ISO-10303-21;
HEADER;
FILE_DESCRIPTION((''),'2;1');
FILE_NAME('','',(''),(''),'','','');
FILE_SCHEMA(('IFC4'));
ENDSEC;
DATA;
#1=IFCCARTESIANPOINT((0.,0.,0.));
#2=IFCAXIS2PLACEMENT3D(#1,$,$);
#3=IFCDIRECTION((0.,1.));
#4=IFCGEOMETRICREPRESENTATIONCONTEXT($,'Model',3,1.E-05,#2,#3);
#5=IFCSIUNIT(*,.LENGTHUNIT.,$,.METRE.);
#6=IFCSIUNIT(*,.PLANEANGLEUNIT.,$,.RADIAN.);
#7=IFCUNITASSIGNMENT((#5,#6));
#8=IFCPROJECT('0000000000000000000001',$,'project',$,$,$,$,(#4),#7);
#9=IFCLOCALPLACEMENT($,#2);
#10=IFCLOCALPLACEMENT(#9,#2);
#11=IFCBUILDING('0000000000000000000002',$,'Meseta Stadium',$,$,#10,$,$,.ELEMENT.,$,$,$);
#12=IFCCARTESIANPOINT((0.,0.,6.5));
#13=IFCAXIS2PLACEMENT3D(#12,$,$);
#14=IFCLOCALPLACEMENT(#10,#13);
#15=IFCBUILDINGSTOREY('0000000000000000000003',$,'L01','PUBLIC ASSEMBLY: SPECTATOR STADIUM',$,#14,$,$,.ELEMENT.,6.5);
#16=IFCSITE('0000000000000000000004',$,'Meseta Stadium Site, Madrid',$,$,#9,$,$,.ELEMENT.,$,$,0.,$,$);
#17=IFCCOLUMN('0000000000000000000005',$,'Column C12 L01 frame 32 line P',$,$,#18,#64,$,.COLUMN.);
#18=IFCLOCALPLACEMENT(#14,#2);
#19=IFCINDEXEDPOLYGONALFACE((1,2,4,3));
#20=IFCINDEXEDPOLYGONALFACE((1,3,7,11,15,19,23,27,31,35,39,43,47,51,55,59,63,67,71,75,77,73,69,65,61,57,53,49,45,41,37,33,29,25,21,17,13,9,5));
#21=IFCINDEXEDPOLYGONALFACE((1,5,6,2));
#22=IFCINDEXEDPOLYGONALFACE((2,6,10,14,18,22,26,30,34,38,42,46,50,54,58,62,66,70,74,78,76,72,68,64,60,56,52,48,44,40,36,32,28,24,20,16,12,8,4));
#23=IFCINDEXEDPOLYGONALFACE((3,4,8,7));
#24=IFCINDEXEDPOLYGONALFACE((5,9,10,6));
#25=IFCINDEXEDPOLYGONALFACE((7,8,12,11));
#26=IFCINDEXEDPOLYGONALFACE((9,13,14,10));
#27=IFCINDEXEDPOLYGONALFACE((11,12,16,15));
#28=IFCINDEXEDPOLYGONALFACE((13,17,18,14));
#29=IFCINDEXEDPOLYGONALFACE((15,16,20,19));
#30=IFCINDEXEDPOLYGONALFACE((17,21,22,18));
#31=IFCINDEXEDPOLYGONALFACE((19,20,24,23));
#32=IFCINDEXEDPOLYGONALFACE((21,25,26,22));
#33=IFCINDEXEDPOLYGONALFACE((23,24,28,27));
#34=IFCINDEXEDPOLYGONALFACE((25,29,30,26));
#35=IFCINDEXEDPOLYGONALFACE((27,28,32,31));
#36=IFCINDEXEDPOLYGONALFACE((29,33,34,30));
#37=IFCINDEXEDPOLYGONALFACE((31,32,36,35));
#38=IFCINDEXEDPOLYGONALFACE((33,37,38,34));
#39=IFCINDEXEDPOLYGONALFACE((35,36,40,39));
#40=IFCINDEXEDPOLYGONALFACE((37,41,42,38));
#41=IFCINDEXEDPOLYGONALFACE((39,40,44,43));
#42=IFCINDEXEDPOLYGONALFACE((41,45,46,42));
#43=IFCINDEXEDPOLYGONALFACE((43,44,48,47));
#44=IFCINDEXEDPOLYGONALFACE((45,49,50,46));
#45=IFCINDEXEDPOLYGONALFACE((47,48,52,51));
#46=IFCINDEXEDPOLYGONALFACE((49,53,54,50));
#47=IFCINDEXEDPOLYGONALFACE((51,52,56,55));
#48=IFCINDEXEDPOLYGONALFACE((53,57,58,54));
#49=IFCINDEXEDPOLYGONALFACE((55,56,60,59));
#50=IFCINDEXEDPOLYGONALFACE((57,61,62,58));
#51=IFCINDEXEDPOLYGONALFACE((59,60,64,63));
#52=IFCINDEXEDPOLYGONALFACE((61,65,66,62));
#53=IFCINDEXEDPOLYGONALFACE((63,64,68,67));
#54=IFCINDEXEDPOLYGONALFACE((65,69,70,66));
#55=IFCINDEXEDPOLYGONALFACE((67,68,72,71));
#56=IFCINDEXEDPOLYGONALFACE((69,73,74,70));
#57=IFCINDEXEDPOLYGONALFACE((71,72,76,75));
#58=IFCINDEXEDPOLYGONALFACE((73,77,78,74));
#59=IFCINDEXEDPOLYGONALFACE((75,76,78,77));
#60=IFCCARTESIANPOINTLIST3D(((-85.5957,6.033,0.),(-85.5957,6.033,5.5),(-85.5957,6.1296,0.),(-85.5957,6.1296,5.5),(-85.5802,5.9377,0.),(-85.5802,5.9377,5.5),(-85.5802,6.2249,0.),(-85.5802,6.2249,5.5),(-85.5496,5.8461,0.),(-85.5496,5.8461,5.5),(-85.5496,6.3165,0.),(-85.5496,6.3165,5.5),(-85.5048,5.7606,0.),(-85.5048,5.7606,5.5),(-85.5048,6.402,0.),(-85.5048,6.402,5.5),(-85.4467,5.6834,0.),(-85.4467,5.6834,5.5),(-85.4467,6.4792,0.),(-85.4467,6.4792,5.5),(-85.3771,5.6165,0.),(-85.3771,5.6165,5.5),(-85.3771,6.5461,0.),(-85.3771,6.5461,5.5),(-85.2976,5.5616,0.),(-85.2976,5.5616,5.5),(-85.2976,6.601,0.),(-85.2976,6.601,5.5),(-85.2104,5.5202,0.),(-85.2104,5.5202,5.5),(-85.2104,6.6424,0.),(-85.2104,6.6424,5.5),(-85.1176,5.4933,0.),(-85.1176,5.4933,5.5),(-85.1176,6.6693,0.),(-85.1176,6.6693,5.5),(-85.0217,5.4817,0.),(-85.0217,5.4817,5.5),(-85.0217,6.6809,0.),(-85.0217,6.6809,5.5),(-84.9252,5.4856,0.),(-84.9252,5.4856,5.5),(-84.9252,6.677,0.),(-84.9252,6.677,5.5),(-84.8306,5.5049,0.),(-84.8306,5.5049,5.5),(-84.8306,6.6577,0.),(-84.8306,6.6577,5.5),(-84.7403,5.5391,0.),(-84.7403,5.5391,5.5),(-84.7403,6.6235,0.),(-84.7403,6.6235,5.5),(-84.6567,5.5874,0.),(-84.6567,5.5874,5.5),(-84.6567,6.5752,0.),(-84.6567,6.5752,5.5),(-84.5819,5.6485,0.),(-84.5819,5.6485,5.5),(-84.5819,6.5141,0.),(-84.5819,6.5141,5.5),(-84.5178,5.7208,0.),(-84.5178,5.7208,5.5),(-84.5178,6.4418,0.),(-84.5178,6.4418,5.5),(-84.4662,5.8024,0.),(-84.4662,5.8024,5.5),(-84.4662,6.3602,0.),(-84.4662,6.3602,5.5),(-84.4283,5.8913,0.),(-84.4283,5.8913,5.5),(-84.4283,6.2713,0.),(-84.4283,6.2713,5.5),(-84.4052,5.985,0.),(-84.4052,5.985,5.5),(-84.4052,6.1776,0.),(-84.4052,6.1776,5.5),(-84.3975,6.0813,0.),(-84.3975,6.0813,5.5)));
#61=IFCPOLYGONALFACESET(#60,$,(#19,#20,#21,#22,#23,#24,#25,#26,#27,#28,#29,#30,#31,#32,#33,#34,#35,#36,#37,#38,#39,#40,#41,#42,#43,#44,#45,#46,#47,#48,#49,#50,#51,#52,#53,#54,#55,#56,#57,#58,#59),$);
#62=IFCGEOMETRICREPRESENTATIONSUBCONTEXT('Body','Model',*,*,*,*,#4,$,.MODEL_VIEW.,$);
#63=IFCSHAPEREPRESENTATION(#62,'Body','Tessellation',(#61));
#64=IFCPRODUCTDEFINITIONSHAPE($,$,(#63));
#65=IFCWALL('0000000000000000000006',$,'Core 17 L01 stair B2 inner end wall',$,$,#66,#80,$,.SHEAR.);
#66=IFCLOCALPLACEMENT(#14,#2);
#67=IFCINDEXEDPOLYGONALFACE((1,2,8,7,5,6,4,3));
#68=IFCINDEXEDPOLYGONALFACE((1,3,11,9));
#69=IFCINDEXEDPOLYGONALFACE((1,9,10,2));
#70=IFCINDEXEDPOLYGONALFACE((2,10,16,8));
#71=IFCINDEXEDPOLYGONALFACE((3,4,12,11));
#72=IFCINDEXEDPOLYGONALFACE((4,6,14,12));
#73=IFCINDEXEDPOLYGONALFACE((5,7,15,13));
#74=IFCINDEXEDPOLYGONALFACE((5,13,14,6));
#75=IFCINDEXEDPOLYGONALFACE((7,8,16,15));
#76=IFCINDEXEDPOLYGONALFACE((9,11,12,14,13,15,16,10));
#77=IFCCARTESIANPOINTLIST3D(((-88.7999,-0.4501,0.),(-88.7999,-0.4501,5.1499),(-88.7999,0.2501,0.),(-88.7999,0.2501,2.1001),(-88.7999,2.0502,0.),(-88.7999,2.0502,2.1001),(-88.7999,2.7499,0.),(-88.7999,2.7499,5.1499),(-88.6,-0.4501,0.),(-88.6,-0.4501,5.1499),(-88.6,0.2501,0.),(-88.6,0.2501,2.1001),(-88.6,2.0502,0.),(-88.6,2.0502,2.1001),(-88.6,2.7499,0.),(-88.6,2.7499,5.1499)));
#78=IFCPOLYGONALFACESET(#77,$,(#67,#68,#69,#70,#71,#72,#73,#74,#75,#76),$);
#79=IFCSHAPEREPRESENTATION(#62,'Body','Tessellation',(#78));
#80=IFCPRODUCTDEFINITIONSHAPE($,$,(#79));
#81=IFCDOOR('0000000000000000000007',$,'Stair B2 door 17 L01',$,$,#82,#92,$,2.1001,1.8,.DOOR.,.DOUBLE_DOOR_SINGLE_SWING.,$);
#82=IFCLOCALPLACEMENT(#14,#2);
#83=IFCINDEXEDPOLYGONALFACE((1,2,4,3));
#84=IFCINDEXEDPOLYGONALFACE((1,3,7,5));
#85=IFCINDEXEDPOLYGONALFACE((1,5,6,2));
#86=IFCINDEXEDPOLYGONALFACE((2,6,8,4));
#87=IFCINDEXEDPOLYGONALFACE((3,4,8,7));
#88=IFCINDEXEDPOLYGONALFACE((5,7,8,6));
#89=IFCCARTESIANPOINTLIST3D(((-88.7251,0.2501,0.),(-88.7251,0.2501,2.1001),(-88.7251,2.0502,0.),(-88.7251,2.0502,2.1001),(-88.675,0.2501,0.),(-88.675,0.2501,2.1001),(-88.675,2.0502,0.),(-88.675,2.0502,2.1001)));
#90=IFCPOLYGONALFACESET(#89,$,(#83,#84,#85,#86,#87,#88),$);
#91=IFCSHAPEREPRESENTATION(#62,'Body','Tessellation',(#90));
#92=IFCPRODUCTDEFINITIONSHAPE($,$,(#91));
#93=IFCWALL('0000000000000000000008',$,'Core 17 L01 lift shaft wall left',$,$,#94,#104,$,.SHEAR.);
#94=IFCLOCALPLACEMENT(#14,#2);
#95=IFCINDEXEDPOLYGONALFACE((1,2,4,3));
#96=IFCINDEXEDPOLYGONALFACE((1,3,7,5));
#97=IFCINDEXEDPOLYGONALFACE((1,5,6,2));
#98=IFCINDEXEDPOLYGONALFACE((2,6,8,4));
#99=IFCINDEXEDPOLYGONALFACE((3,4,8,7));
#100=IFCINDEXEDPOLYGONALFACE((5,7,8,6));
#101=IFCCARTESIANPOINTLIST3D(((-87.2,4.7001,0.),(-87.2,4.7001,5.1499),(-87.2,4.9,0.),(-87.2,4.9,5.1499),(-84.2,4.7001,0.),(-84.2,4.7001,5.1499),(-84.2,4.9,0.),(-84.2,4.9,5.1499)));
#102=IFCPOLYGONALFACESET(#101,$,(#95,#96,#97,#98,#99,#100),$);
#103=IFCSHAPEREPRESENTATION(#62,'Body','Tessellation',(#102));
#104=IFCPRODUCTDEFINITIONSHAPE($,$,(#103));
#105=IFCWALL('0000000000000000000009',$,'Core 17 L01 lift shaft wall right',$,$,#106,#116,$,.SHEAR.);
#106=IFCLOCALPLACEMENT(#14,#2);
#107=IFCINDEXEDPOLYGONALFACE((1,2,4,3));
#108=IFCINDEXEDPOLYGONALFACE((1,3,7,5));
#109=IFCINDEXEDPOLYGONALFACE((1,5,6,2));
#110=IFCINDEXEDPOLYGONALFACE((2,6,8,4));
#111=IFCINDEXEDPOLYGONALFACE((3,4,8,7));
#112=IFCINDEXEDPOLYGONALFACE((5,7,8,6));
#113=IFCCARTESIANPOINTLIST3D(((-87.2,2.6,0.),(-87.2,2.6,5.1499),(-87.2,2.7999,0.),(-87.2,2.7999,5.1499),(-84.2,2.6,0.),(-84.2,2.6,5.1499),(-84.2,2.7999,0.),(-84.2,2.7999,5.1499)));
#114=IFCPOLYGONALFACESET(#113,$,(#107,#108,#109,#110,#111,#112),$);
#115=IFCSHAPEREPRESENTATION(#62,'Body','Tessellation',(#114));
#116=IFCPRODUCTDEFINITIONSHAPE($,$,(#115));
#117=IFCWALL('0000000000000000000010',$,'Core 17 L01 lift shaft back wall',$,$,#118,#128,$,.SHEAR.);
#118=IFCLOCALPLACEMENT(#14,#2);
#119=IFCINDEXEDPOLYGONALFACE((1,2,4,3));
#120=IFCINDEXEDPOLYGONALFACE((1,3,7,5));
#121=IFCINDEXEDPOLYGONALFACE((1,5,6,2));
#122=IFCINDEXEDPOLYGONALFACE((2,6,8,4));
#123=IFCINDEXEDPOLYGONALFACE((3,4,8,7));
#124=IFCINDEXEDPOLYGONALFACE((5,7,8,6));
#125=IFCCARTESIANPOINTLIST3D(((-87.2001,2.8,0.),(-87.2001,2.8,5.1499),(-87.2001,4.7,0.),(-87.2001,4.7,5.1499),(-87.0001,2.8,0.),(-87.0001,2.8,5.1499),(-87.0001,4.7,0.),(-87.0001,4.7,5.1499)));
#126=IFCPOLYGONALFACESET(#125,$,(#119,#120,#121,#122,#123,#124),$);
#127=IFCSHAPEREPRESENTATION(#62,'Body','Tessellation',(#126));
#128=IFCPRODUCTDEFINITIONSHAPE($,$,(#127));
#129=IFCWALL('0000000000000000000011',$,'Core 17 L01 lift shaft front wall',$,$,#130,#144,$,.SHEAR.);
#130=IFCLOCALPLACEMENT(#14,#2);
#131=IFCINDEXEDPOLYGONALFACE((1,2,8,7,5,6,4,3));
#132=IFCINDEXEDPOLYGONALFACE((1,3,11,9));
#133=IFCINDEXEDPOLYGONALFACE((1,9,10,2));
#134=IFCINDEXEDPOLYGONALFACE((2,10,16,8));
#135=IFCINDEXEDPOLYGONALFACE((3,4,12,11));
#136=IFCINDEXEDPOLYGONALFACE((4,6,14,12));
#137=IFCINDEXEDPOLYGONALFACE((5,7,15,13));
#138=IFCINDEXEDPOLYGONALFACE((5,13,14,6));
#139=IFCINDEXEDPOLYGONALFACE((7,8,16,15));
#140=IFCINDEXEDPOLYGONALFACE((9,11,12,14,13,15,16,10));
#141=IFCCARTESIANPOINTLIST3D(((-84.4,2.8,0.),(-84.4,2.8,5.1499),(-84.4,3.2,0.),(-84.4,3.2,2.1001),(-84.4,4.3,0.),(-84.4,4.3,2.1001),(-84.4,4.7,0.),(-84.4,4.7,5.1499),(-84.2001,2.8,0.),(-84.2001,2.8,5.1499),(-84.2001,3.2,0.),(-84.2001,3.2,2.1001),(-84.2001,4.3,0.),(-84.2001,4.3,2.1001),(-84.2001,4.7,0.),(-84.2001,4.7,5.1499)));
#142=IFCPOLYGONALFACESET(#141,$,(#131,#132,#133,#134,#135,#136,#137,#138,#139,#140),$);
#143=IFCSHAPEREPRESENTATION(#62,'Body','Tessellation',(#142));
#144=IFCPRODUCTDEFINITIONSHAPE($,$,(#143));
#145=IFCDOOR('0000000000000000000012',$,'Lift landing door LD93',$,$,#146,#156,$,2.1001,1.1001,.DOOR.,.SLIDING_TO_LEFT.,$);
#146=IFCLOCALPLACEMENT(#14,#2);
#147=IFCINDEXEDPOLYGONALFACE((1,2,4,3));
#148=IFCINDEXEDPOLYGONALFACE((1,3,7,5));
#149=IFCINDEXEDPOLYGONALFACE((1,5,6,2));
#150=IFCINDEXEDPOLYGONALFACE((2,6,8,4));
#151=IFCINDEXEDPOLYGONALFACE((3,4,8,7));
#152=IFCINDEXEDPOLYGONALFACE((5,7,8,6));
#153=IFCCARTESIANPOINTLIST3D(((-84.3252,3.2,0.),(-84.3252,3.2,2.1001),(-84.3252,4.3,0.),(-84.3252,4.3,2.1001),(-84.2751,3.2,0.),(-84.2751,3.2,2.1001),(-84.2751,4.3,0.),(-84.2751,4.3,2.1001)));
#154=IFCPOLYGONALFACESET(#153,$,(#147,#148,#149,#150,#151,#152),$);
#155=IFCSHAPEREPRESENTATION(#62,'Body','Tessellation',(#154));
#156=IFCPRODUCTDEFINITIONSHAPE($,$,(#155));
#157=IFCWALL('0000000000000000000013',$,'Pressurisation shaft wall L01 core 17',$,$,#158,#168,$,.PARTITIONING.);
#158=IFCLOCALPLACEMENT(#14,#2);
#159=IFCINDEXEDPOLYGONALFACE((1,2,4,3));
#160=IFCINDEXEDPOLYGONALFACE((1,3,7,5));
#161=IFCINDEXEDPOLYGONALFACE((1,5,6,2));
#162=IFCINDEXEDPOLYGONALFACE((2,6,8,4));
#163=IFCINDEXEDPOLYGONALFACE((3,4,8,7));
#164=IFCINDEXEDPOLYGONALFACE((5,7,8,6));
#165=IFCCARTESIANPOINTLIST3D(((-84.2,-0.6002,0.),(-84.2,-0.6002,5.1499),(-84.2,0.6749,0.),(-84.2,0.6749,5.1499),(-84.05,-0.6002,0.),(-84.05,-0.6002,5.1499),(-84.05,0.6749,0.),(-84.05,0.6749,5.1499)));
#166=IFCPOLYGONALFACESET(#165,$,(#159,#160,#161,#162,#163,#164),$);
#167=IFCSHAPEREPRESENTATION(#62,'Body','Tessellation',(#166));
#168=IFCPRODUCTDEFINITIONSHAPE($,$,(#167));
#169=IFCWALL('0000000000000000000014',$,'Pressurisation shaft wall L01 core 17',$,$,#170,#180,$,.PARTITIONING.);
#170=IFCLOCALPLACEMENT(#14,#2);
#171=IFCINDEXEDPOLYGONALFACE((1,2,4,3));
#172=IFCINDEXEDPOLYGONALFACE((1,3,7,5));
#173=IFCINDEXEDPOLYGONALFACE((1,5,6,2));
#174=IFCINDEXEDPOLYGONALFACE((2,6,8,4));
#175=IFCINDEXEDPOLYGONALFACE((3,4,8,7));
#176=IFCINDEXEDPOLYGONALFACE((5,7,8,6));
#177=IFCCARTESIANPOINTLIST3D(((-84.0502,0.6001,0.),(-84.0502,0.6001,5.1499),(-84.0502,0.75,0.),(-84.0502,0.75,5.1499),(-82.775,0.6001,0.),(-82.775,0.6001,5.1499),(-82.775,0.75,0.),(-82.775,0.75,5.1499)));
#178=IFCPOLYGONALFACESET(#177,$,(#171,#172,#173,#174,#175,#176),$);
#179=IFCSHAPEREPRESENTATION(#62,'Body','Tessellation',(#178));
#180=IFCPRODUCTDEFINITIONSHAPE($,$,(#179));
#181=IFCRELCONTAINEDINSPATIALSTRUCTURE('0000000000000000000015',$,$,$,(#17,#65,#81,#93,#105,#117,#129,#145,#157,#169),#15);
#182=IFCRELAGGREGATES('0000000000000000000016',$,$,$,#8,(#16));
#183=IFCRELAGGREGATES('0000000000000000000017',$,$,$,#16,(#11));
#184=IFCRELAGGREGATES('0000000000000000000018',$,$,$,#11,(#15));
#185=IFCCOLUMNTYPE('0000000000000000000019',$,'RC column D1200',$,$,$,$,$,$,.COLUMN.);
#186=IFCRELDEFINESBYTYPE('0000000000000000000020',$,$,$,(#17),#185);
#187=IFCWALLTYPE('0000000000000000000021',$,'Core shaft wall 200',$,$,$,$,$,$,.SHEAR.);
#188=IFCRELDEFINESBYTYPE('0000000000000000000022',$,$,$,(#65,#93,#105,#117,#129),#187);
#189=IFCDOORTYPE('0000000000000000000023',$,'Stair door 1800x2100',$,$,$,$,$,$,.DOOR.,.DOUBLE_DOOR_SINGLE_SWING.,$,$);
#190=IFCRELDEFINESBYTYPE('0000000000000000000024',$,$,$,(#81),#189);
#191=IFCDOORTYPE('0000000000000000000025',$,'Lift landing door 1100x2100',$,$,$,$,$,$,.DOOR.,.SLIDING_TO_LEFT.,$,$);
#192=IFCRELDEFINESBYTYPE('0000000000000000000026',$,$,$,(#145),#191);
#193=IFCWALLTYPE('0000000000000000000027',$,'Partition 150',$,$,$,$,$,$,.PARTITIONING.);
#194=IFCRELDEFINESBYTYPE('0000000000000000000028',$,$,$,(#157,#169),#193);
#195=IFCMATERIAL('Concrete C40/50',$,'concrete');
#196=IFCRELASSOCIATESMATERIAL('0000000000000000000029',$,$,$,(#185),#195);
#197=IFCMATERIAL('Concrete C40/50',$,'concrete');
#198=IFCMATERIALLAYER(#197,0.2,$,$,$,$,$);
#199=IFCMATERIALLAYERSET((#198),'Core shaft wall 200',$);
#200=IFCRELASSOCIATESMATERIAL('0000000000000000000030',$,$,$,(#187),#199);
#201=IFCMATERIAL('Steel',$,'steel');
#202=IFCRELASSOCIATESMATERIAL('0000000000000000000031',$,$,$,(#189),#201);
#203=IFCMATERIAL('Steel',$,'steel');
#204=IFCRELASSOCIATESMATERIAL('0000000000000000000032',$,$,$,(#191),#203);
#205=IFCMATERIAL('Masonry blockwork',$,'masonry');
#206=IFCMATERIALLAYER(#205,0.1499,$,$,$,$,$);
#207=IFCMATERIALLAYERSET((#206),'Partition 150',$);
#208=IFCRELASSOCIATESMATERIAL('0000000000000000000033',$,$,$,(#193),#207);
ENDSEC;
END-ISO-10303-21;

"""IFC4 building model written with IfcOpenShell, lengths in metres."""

from ifc_helpers import new_model, si_unit, direction, frame, frame_2d, origin, origin_2d, place, context, subcontext, project, spatial, rectangle, circle, extrude, material, layer, layer_set, material_profile, profile_set, type_object, element, fill, save


model = new_model("IFC4")

# Units and contexts
model_context = context("Model", 3, precision=1e-05, world=origin(), true_north=direction((0.0, 1.0)))
body_context = subcontext(model_context, "Body", "Model", "MODEL_VIEW")
ifc_project = project(units=[si_unit("LENGTHUNIT", "METRE"), si_unit("PLANEANGLEUNIT", "RADIAN")], contexts=[model_context])

# Site, building, storey
site_placement = place(None, origin())
site = spatial("IfcSite", under=ifc_project, at=site_placement, Name="Meseta Stadium Site, Madrid", CompositionType="ELEMENT", RefElevation=0.0)
building_placement = place(site_placement, origin())
building = spatial("IfcBuilding", under=site, at=building_placement, Name="Meseta Stadium", CompositionType="ELEMENT")
storey_placement = place(building_placement, frame((0.0, 0.0, 6.5)))
storey = spatial("IfcBuildingStorey", under=building, at=storey_placement, Name="L01", Description="PUBLIC ASSEMBLY: SPECTATOR STADIUM", CompositionType="ELEMENT", Elevation=6.5)

# Column
ifc_material_1 = material(Name="Concrete C40/50", Category="concrete")
ifc_material_profile = material_profile(ifc_material_1, circle(Radius=0.6001, at=origin_2d()), Name="RC D1200")
ifc_profile_set = profile_set([ifc_material_profile], Name="Concrete C40/50")
column_type = type_object("IfcColumnType", Name="RC column D1200", PredefinedType="COLUMN", material=ifc_profile_set)
column_placement = place(storey_placement, frame((-84.9976, 6.0813, 0.0), z_axis=(0.0, 0.0, 1.0), x_axis=(1.0, 0.0, 0.0)))
element("IfcColumn", 1, at=column_placement, inside=storey, type_object=column_type, Name="Column C12 L01 frame 32 line P", PredefinedType="COLUMN", context=body_context, shape_type="SweptSolid", body=[
    extrude(circle(Radius=0.6001, at=origin_2d()), origin(), (0.0, 0.0, 1.0), 5.5),
])

# Wall, opening, door
ifc_material_2 = material(Name="Concrete C40/50", Category="concrete")
ifc_layer_1 = layer(ifc_material_2, 0.2)
ifc_layer_set_1 = layer_set([ifc_layer_1], Name="Core shaft wall 200")
wall_type_1 = type_object("IfcWallType", Name="Core shaft wall 200", PredefinedType="SHEAR", material=ifc_layer_set_1)
wall_1_placement = place(storey_placement, frame((-88.7, 2.75, 0.0), z_axis=(0.0, 0.0, 1.0), x_axis=(0.0, -1.0, 0.0)))
wall_1 = element("IfcWall", 2, at=wall_1_placement, inside=storey, type_object=wall_type_1, Name="Core 17 L01 stair B2 inner end wall", PredefinedType="SHEAR", context=body_context, shape_type="SweptSolid", body=[
    extrude(rectangle(XDim=3.2, YDim=0.2, at=frame_2d((1.6001, 0.0))), origin(), (0.0, 0.0, 1.0), 5.1499),
])
opening_1_placement = place(wall_1_placement, frame((0.7, 0.0, 0.0)))
opening_1 = element("IfcOpeningElement", 3, at=opening_1_placement, cuts=wall_1, PredefinedType="OPENING", context=body_context, shape_type="SweptSolid", body=[
    extrude(rectangle(XDim=1.8, YDim=2.1001, at=frame_2d((0.8999, 1.05))), frame((0.0, 0.1099, 0.0), z_axis=(0.0, -1.0, 0.0), x_axis=(1.0, 0.0, 0.0)), (0.0, 0.0, 1.0), 0.22),
])
ifc_material_3 = material(Name="Steel", Category="steel")
door_type_1 = type_object("IfcDoorType", Name="Stair door 1800x2100", OperationType="DOUBLE_DOOR_SINGLE_SWING", PredefinedType="DOOR", material=ifc_material_3)
door_1_placement = place(opening_1_placement, origin())
door_1 = element("IfcDoor", 4, at=door_1_placement, inside=storey, type_object=door_type_1, Name="Stair B2 door 17 L01", OperationType="DOUBLE_DOOR_SINGLE_SWING", OverallHeight=2.1001, OverallWidth=1.8, PredefinedType="DOOR", context=body_context, shape_type="SweptSolid", body=[
    extrude(rectangle(XDim=1.8, YDim=2.1001, at=frame_2d((0.8999, 1.05))), frame((0.0, 0.0249, 0.0), z_axis=(0.0, -1.0, 0.0), x_axis=(1.0, 0.0, 0.0)), (0.0, 0.0, 1.0), 0.05),
])
fill(opening_1, door_1)

# Walls
for number, where, z_axis, x_axis, name in (
    (5, (-87.2, 4.8, 0.0), (0.0, 0.0, 1.0), (1.0, 0.0, 0.0), "Core 17 L01 lift shaft wall left"),
    (6, (-87.2, 2.7, 0.0), (0.0, 0.0, 1.0), (1.0, 0.0, 0.0), "Core 17 L01 lift shaft wall right"),
):
    element("IfcWall", number, at=place(storey_placement, frame(where, z_axis=z_axis, x_axis=x_axis)), inside=storey, type_object=wall_type_1, Name=name, PredefinedType="SHEAR", context=body_context, shape_type="SweptSolid", body=[
        extrude(rectangle(XDim=3.0, YDim=0.2, at=frame_2d((1.5, 0.0))), origin(), (0.0, 0.0, 1.0), 5.1499),
    ])
wall_2_placement = place(storey_placement, frame((-87.1001, 4.7, 0.0), z_axis=(0.0, 0.0, 1.0), x_axis=(0.0, -1.0, 0.0)))
element("IfcWall", 7, at=wall_2_placement, inside=storey, type_object=wall_type_1, Name="Core 17 L01 lift shaft back wall", PredefinedType="SHEAR", context=body_context, shape_type="SweptSolid", body=[
    extrude(rectangle(XDim=1.8999, YDim=0.2, at=frame_2d((0.95, 0.0))), origin(), (0.0, 0.0, 1.0), 5.1499),
])

# Wall, opening, door
wall_3_placement = place(storey_placement, frame((-84.3, 4.7, 0.0), z_axis=(0.0, 0.0, 1.0), x_axis=(0.0, -1.0, 0.0)))
wall_3 = element("IfcWall", 8, at=wall_3_placement, inside=storey, type_object=wall_type_1, Name="Core 17 L01 lift shaft front wall", PredefinedType="SHEAR", context=body_context, shape_type="SweptSolid", body=[
    extrude(rectangle(XDim=1.8999, YDim=0.2, at=frame_2d((0.95, 0.0))), origin(), (0.0, 0.0, 1.0), 5.1499),
])
opening_2_placement = place(wall_3_placement, frame((0.3999, 0.0, 0.0)))
opening_2 = element("IfcOpeningElement", 9, at=opening_2_placement, cuts=wall_3, PredefinedType="OPENING", context=body_context, shape_type="SweptSolid", body=[
    extrude(rectangle(XDim=1.1001, YDim=2.1001, at=frame_2d((0.55, 1.05))), frame((0.0, 0.1099, 0.0), z_axis=(0.0, -1.0, 0.0), x_axis=(1.0, 0.0, 0.0)), (0.0, 0.0, 1.0), 0.22),
])
ifc_material_4 = material(Name="Steel", Category="steel")
door_type_2 = type_object("IfcDoorType", Name="Lift landing door 1100x2100", OperationType="SLIDING_TO_LEFT", PredefinedType="DOOR", material=ifc_material_4)
door_2_placement = place(opening_2_placement, origin())
door_2 = element("IfcDoor", 10, at=door_2_placement, inside=storey, type_object=door_type_2, Name="Lift landing door LD93", OperationType="SLIDING_TO_LEFT", OverallHeight=2.1001, OverallWidth=1.1001, PredefinedType="DOOR", context=body_context, shape_type="SweptSolid", body=[
    extrude(rectangle(XDim=1.1001, YDim=2.1001, at=frame_2d((0.55, 1.05))), frame((0.0, 0.0249, 0.0), z_axis=(0.0, -1.0, 0.0), x_axis=(1.0, 0.0, 0.0)), (0.0, 0.0, 1.0), 0.05),
])
fill(opening_2, door_2)

# Walls
ifc_material_5 = material(Name="Masonry blockwork", Category="masonry")
ifc_layer_2 = layer(ifc_material_5, 0.1499)
ifc_layer_set_2 = layer_set([ifc_layer_2], Name="Partition 150")
wall_type_2 = type_object("IfcWallType", Name="Partition 150", PredefinedType="PARTITIONING", material=ifc_layer_set_2)
for number, where, z_axis, x_axis, name in (
    (11, (-84.125, 0.675, 0.0), (0.0, 0.0, 1.0), (0.0, -1.0, 0.0), "Pressurisation shaft wall L01 core 17"),
    (12, (-82.7749, 0.675, 0.0), (0.0, 0.0, 1.0), (-1.0, 0.0, 0.0), "Pressurisation shaft wall L01 core 17"),
):
    element("IfcWall", number, at=place(storey_placement, frame(where, z_axis=z_axis, x_axis=x_axis)), inside=storey, type_object=wall_type_2, Name=name, PredefinedType="PARTITIONING", context=body_context, shape_type="SweptSolid", body=[
        extrude(rectangle(XDim=1.2751, YDim=0.1499, at=frame_2d((0.6377, 0.0))), origin(), (0.0, 0.0, 1.0), 5.1499),
    ])

save(model, "model.ifc")
